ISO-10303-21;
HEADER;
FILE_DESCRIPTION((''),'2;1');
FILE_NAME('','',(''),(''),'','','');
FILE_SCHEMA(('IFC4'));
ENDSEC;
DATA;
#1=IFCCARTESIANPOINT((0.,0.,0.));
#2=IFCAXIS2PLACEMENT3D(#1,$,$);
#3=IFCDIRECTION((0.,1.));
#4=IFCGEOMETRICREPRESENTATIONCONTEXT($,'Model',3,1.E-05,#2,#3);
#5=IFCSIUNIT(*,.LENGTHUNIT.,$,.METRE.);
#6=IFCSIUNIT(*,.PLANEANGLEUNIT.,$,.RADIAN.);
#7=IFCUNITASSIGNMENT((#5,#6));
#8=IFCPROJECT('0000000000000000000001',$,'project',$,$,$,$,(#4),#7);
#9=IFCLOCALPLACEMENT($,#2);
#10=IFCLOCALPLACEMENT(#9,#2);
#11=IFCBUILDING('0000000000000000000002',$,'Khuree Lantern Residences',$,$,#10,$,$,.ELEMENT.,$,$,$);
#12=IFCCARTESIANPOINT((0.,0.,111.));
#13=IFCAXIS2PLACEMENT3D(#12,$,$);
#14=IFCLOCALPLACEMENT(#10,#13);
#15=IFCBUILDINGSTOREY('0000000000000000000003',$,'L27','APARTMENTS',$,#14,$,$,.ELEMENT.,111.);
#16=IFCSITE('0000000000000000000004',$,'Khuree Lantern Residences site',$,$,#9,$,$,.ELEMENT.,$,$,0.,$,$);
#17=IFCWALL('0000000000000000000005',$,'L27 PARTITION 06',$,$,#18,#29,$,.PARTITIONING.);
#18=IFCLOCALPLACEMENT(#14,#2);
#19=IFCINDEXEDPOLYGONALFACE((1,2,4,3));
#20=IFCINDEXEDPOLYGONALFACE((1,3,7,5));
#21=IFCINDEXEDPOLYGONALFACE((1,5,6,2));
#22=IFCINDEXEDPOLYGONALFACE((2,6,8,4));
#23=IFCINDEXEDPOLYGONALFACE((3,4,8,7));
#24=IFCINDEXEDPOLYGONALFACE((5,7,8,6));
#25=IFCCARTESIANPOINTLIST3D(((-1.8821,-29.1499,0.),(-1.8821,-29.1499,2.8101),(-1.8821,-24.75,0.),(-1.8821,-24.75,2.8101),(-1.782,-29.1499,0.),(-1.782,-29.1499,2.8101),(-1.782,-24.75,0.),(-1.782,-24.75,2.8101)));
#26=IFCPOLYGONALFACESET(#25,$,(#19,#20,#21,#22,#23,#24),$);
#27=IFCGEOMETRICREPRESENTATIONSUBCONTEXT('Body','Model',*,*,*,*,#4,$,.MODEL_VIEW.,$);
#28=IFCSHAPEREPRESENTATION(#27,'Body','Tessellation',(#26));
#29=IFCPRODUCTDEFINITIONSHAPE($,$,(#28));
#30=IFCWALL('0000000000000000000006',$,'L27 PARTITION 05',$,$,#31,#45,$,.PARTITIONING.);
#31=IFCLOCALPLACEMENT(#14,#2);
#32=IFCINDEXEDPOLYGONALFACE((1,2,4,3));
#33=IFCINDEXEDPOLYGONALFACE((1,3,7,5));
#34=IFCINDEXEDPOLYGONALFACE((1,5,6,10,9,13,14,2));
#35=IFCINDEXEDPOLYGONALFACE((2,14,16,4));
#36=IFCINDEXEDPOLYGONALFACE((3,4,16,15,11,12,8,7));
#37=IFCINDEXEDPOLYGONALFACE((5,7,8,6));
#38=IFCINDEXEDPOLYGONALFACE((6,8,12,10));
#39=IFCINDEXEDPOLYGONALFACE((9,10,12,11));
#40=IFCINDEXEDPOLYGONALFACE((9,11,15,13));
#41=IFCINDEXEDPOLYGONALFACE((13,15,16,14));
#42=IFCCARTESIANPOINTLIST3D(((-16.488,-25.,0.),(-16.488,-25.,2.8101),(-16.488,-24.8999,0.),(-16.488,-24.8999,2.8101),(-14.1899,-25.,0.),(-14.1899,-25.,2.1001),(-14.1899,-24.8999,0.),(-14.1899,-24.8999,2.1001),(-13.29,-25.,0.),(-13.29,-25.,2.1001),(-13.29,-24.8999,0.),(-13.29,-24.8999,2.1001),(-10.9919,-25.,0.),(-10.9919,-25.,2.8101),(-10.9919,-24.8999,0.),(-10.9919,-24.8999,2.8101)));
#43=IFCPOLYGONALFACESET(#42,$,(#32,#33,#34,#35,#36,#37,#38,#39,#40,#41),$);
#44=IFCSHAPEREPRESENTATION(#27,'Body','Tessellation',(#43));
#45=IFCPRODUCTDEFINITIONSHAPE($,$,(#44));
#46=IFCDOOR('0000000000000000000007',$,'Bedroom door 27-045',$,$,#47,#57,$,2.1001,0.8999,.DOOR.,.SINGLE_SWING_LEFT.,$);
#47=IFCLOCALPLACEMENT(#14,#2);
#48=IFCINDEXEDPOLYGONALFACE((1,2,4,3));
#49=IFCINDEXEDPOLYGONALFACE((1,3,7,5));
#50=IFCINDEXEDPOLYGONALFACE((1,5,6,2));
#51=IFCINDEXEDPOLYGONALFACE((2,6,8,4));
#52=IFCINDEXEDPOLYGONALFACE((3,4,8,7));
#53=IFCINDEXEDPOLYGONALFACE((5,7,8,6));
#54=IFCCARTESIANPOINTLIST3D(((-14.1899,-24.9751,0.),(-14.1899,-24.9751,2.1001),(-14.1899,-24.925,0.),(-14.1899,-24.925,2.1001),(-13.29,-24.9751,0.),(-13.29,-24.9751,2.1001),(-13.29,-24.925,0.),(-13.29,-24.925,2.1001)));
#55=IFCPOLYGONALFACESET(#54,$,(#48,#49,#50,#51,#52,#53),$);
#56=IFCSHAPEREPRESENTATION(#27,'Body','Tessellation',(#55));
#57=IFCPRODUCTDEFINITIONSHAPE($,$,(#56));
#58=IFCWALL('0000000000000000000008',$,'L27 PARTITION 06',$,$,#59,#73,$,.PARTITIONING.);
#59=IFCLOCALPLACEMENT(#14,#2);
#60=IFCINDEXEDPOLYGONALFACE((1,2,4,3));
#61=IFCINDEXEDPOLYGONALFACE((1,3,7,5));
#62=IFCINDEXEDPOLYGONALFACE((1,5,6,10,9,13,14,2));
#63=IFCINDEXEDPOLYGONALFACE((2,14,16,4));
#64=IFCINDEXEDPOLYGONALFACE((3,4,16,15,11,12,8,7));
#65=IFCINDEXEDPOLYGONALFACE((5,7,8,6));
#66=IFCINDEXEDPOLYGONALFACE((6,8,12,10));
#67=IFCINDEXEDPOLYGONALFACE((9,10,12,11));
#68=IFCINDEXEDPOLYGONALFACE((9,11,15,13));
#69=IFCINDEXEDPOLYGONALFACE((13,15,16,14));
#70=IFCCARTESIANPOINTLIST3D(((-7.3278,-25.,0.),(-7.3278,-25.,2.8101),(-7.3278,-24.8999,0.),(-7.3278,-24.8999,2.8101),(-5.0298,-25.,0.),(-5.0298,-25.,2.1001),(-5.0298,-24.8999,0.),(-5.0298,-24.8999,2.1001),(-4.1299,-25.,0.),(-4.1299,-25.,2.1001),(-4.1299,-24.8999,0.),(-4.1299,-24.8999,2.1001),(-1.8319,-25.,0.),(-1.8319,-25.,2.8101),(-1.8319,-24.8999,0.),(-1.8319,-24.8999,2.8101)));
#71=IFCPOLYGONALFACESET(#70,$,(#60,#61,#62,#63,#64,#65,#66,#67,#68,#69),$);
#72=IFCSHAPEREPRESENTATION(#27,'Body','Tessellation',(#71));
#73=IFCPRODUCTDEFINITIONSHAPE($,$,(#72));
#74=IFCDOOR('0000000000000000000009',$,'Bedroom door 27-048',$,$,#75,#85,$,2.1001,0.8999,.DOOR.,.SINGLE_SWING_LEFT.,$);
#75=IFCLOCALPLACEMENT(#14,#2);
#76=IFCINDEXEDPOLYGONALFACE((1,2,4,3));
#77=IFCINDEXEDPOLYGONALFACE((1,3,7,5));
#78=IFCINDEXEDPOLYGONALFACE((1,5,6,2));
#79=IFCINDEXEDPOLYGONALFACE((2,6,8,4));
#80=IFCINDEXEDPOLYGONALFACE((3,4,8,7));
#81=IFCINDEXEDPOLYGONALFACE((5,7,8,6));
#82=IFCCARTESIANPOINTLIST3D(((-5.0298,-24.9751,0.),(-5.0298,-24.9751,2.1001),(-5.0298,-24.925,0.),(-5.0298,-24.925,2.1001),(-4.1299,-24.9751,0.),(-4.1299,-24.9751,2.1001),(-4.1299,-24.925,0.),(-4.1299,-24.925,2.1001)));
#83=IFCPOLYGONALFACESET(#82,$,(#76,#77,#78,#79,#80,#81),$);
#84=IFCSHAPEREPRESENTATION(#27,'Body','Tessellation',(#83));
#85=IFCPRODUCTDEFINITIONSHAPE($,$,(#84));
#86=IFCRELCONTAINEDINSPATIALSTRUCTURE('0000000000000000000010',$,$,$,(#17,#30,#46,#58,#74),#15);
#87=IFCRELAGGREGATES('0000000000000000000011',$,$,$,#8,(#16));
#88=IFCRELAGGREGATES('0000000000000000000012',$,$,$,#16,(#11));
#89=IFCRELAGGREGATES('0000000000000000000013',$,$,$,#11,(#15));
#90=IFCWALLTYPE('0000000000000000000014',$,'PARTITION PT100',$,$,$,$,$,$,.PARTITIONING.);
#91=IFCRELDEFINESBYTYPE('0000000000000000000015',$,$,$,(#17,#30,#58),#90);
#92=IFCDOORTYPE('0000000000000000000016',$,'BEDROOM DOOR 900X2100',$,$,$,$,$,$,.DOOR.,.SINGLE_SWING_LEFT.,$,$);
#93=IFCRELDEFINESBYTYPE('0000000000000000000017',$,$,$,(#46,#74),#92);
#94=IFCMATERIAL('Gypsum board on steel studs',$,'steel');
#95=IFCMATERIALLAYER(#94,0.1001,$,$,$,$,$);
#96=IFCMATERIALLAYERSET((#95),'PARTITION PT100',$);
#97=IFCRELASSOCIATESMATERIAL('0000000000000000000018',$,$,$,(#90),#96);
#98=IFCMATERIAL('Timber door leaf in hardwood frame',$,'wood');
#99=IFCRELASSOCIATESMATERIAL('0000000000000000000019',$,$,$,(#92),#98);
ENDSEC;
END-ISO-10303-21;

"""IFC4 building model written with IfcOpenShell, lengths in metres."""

from ifc_helpers import new_model, si_unit, direction, frame, frame_2d, origin, place, context, subcontext, project, spatial, rectangle, extrude, material, layer, layer_set, type_object, element, fill, save


model = new_model("IFC4")

# Units and contexts
model_context = context("Model", 3, precision=1e-05, world=origin(), true_north=direction((0.0, 1.0)))
body_context = subcontext(model_context, "Body", "Model", "MODEL_VIEW")
ifc_project = project(units=[si_unit("LENGTHUNIT", "METRE"), si_unit("PLANEANGLEUNIT", "RADIAN")], contexts=[model_context])

# Site, building, storey
site_placement = place(None, origin())
site = spatial("IfcSite", under=ifc_project, at=site_placement, Name="Khuree Lantern Residences site", CompositionType="ELEMENT", RefElevation=0.0)
building_placement = place(site_placement, origin())
building = spatial("IfcBuilding", under=site, at=building_placement, Name="Khuree Lantern Residences", CompositionType="ELEMENT")
storey_placement = place(building_placement, frame((0.0, 0.0, 111.0)))
storey = spatial("IfcBuildingStorey", under=building, at=storey_placement, Name="L27", Description="APARTMENTS", CompositionType="ELEMENT", Elevation=111.0)

# Wall
ifc_material_1 = material(Name="Gypsum board on steel studs", Category="steel")
ifc_layer_1 = layer(ifc_material_1, 0.1001)
ifc_layer_set_1 = layer_set([ifc_layer_1], Name="PARTITION PT100")
wall_type_1 = type_object("IfcWallType", Name="PARTITION PT100", PredefinedType="PARTITIONING", material=ifc_layer_set_1)
for number, where, z_axis, x_axis, name in (
    (1, (-1.832, -24.75, 0.0), (0.0, 0.0, 1.0), (0.0, -1.0, 0.0), "L27 PARTITION 06"),
):
    element("IfcWall", number, at=place(storey_placement, frame(where, z_axis=z_axis, x_axis=x_axis)), inside=storey, type_object=wall_type_1, Name=name, PredefinedType="PARTITIONING", context=body_context, shape_type="SweptSolid", body=[
        extrude(rectangle(XDim=4.3999, YDim=0.1001, at=frame_2d((2.2, 0.0))), origin(), (0.0, 0.0, 1.0), 2.8101),
    ])

# Walls, openings, doors
wall_1_placement = place(storey_placement, frame((-16.488, -24.95, 0.0), z_axis=(0.0, 0.0, 1.0), x_axis=(1.0, 0.0, 0.0)))
wall_1 = element("IfcWall", 2, at=wall_1_placement, inside=storey, type_object=wall_type_1, Name="L27 PARTITION 05", PredefinedType="PARTITIONING", context=body_context, shape_type="SweptSolid", body=[
    extrude(rectangle(XDim=5.4961, YDim=0.1001, at=frame_2d((2.748, 0.0))), origin(), (0.0, 0.0, 1.0), 2.8101),
])
opening_1_placement = place(wall_1_placement, frame((2.2981, 0.0, 0.0)))
opening_1 = element("IfcOpeningElement", 3, at=opening_1_placement, cuts=wall_1, PredefinedType="OPENING", context=body_context, shape_type="SweptSolid", body=[
    extrude(rectangle(XDim=0.8999, YDim=2.1001, at=frame_2d((0.45, 1.05))), frame((0.0, 0.0601, 0.0), z_axis=(0.0, -1.0, 0.0), x_axis=(1.0, 0.0, 0.0)), (0.0, 0.0, 1.0), 0.1201),
])
ifc_material_2 = material(Name="Timber door leaf in hardwood frame", Category="wood")
door_type = type_object("IfcDoorType", Name="BEDROOM DOOR 900X2100", OperationType="SINGLE_SWING_LEFT", PredefinedType="DOOR", material=ifc_material_2)
door_1_placement = place(opening_1_placement, origin())
door_1 = element("IfcDoor", 4, at=door_1_placement, inside=storey, type_object=door_type, Name="Bedroom door 27-045", OperationType="SINGLE_SWING_LEFT", OverallHeight=2.1001, OverallWidth=0.8999, PredefinedType="DOOR", context=body_context, shape_type="SweptSolid", body=[
    extrude(rectangle(XDim=0.8999, YDim=2.1001, at=frame_2d((0.45, 1.05))), frame((0.0, 0.0249, 0.0), z_axis=(0.0, -1.0, 0.0), x_axis=(1.0, 0.0, 0.0)), (0.0, 0.0, 1.0), 0.05),
])
fill(opening_1, door_1)
wall_2_placement = place(storey_placement, frame((-7.3279, -24.95, 0.0), z_axis=(0.0, 0.0, 1.0), x_axis=(1.0, 0.0, 0.0)))
wall_2 = element("IfcWall", 5, at=wall_2_placement, inside=storey, type_object=wall_type_1, Name="L27 PARTITION 06", PredefinedType="PARTITIONING", context=body_context, shape_type="SweptSolid", body=[
    extrude(rectangle(XDim=5.4958, YDim=0.1001, at=frame_2d((2.748, 0.0))), origin(), (0.0, 0.0, 1.0), 2.8101),
])
opening_2_placement = place(wall_2_placement, frame((2.2981, 0.0, 0.0)))
opening_2 = element("IfcOpeningElement", 6, at=opening_2_placement, cuts=wall_2, PredefinedType="OPENING", context=body_context, shape_type="SweptSolid", body=[
    extrude(rectangle(XDim=0.8999, YDim=2.1001, at=frame_2d((0.45, 1.05))), frame((0.0, 0.0601, 0.0), z_axis=(0.0, -1.0, 0.0), x_axis=(1.0, 0.0, 0.0)), (0.0, 0.0, 1.0), 0.1201),
])
door_2_placement = place(opening_2_placement, origin())
door_2 = element("IfcDoor", 7, at=door_2_placement, inside=storey, type_object=door_type, Name="Bedroom door 27-048", OperationType="SINGLE_SWING_LEFT", OverallHeight=2.1001, OverallWidth=0.8999, PredefinedType="DOOR", context=body_context, shape_type="SweptSolid", body=[
    extrude(rectangle(XDim=0.8999, YDim=2.1001, at=frame_2d((0.45, 1.05))), frame((0.0, 0.0249, 0.0), z_axis=(0.0, -1.0, 0.0), x_axis=(1.0, 0.0, 0.0)), (0.0, 0.0, 1.0), 0.05),
])
fill(opening_2, door_2)

save(model, "model.ifc")
